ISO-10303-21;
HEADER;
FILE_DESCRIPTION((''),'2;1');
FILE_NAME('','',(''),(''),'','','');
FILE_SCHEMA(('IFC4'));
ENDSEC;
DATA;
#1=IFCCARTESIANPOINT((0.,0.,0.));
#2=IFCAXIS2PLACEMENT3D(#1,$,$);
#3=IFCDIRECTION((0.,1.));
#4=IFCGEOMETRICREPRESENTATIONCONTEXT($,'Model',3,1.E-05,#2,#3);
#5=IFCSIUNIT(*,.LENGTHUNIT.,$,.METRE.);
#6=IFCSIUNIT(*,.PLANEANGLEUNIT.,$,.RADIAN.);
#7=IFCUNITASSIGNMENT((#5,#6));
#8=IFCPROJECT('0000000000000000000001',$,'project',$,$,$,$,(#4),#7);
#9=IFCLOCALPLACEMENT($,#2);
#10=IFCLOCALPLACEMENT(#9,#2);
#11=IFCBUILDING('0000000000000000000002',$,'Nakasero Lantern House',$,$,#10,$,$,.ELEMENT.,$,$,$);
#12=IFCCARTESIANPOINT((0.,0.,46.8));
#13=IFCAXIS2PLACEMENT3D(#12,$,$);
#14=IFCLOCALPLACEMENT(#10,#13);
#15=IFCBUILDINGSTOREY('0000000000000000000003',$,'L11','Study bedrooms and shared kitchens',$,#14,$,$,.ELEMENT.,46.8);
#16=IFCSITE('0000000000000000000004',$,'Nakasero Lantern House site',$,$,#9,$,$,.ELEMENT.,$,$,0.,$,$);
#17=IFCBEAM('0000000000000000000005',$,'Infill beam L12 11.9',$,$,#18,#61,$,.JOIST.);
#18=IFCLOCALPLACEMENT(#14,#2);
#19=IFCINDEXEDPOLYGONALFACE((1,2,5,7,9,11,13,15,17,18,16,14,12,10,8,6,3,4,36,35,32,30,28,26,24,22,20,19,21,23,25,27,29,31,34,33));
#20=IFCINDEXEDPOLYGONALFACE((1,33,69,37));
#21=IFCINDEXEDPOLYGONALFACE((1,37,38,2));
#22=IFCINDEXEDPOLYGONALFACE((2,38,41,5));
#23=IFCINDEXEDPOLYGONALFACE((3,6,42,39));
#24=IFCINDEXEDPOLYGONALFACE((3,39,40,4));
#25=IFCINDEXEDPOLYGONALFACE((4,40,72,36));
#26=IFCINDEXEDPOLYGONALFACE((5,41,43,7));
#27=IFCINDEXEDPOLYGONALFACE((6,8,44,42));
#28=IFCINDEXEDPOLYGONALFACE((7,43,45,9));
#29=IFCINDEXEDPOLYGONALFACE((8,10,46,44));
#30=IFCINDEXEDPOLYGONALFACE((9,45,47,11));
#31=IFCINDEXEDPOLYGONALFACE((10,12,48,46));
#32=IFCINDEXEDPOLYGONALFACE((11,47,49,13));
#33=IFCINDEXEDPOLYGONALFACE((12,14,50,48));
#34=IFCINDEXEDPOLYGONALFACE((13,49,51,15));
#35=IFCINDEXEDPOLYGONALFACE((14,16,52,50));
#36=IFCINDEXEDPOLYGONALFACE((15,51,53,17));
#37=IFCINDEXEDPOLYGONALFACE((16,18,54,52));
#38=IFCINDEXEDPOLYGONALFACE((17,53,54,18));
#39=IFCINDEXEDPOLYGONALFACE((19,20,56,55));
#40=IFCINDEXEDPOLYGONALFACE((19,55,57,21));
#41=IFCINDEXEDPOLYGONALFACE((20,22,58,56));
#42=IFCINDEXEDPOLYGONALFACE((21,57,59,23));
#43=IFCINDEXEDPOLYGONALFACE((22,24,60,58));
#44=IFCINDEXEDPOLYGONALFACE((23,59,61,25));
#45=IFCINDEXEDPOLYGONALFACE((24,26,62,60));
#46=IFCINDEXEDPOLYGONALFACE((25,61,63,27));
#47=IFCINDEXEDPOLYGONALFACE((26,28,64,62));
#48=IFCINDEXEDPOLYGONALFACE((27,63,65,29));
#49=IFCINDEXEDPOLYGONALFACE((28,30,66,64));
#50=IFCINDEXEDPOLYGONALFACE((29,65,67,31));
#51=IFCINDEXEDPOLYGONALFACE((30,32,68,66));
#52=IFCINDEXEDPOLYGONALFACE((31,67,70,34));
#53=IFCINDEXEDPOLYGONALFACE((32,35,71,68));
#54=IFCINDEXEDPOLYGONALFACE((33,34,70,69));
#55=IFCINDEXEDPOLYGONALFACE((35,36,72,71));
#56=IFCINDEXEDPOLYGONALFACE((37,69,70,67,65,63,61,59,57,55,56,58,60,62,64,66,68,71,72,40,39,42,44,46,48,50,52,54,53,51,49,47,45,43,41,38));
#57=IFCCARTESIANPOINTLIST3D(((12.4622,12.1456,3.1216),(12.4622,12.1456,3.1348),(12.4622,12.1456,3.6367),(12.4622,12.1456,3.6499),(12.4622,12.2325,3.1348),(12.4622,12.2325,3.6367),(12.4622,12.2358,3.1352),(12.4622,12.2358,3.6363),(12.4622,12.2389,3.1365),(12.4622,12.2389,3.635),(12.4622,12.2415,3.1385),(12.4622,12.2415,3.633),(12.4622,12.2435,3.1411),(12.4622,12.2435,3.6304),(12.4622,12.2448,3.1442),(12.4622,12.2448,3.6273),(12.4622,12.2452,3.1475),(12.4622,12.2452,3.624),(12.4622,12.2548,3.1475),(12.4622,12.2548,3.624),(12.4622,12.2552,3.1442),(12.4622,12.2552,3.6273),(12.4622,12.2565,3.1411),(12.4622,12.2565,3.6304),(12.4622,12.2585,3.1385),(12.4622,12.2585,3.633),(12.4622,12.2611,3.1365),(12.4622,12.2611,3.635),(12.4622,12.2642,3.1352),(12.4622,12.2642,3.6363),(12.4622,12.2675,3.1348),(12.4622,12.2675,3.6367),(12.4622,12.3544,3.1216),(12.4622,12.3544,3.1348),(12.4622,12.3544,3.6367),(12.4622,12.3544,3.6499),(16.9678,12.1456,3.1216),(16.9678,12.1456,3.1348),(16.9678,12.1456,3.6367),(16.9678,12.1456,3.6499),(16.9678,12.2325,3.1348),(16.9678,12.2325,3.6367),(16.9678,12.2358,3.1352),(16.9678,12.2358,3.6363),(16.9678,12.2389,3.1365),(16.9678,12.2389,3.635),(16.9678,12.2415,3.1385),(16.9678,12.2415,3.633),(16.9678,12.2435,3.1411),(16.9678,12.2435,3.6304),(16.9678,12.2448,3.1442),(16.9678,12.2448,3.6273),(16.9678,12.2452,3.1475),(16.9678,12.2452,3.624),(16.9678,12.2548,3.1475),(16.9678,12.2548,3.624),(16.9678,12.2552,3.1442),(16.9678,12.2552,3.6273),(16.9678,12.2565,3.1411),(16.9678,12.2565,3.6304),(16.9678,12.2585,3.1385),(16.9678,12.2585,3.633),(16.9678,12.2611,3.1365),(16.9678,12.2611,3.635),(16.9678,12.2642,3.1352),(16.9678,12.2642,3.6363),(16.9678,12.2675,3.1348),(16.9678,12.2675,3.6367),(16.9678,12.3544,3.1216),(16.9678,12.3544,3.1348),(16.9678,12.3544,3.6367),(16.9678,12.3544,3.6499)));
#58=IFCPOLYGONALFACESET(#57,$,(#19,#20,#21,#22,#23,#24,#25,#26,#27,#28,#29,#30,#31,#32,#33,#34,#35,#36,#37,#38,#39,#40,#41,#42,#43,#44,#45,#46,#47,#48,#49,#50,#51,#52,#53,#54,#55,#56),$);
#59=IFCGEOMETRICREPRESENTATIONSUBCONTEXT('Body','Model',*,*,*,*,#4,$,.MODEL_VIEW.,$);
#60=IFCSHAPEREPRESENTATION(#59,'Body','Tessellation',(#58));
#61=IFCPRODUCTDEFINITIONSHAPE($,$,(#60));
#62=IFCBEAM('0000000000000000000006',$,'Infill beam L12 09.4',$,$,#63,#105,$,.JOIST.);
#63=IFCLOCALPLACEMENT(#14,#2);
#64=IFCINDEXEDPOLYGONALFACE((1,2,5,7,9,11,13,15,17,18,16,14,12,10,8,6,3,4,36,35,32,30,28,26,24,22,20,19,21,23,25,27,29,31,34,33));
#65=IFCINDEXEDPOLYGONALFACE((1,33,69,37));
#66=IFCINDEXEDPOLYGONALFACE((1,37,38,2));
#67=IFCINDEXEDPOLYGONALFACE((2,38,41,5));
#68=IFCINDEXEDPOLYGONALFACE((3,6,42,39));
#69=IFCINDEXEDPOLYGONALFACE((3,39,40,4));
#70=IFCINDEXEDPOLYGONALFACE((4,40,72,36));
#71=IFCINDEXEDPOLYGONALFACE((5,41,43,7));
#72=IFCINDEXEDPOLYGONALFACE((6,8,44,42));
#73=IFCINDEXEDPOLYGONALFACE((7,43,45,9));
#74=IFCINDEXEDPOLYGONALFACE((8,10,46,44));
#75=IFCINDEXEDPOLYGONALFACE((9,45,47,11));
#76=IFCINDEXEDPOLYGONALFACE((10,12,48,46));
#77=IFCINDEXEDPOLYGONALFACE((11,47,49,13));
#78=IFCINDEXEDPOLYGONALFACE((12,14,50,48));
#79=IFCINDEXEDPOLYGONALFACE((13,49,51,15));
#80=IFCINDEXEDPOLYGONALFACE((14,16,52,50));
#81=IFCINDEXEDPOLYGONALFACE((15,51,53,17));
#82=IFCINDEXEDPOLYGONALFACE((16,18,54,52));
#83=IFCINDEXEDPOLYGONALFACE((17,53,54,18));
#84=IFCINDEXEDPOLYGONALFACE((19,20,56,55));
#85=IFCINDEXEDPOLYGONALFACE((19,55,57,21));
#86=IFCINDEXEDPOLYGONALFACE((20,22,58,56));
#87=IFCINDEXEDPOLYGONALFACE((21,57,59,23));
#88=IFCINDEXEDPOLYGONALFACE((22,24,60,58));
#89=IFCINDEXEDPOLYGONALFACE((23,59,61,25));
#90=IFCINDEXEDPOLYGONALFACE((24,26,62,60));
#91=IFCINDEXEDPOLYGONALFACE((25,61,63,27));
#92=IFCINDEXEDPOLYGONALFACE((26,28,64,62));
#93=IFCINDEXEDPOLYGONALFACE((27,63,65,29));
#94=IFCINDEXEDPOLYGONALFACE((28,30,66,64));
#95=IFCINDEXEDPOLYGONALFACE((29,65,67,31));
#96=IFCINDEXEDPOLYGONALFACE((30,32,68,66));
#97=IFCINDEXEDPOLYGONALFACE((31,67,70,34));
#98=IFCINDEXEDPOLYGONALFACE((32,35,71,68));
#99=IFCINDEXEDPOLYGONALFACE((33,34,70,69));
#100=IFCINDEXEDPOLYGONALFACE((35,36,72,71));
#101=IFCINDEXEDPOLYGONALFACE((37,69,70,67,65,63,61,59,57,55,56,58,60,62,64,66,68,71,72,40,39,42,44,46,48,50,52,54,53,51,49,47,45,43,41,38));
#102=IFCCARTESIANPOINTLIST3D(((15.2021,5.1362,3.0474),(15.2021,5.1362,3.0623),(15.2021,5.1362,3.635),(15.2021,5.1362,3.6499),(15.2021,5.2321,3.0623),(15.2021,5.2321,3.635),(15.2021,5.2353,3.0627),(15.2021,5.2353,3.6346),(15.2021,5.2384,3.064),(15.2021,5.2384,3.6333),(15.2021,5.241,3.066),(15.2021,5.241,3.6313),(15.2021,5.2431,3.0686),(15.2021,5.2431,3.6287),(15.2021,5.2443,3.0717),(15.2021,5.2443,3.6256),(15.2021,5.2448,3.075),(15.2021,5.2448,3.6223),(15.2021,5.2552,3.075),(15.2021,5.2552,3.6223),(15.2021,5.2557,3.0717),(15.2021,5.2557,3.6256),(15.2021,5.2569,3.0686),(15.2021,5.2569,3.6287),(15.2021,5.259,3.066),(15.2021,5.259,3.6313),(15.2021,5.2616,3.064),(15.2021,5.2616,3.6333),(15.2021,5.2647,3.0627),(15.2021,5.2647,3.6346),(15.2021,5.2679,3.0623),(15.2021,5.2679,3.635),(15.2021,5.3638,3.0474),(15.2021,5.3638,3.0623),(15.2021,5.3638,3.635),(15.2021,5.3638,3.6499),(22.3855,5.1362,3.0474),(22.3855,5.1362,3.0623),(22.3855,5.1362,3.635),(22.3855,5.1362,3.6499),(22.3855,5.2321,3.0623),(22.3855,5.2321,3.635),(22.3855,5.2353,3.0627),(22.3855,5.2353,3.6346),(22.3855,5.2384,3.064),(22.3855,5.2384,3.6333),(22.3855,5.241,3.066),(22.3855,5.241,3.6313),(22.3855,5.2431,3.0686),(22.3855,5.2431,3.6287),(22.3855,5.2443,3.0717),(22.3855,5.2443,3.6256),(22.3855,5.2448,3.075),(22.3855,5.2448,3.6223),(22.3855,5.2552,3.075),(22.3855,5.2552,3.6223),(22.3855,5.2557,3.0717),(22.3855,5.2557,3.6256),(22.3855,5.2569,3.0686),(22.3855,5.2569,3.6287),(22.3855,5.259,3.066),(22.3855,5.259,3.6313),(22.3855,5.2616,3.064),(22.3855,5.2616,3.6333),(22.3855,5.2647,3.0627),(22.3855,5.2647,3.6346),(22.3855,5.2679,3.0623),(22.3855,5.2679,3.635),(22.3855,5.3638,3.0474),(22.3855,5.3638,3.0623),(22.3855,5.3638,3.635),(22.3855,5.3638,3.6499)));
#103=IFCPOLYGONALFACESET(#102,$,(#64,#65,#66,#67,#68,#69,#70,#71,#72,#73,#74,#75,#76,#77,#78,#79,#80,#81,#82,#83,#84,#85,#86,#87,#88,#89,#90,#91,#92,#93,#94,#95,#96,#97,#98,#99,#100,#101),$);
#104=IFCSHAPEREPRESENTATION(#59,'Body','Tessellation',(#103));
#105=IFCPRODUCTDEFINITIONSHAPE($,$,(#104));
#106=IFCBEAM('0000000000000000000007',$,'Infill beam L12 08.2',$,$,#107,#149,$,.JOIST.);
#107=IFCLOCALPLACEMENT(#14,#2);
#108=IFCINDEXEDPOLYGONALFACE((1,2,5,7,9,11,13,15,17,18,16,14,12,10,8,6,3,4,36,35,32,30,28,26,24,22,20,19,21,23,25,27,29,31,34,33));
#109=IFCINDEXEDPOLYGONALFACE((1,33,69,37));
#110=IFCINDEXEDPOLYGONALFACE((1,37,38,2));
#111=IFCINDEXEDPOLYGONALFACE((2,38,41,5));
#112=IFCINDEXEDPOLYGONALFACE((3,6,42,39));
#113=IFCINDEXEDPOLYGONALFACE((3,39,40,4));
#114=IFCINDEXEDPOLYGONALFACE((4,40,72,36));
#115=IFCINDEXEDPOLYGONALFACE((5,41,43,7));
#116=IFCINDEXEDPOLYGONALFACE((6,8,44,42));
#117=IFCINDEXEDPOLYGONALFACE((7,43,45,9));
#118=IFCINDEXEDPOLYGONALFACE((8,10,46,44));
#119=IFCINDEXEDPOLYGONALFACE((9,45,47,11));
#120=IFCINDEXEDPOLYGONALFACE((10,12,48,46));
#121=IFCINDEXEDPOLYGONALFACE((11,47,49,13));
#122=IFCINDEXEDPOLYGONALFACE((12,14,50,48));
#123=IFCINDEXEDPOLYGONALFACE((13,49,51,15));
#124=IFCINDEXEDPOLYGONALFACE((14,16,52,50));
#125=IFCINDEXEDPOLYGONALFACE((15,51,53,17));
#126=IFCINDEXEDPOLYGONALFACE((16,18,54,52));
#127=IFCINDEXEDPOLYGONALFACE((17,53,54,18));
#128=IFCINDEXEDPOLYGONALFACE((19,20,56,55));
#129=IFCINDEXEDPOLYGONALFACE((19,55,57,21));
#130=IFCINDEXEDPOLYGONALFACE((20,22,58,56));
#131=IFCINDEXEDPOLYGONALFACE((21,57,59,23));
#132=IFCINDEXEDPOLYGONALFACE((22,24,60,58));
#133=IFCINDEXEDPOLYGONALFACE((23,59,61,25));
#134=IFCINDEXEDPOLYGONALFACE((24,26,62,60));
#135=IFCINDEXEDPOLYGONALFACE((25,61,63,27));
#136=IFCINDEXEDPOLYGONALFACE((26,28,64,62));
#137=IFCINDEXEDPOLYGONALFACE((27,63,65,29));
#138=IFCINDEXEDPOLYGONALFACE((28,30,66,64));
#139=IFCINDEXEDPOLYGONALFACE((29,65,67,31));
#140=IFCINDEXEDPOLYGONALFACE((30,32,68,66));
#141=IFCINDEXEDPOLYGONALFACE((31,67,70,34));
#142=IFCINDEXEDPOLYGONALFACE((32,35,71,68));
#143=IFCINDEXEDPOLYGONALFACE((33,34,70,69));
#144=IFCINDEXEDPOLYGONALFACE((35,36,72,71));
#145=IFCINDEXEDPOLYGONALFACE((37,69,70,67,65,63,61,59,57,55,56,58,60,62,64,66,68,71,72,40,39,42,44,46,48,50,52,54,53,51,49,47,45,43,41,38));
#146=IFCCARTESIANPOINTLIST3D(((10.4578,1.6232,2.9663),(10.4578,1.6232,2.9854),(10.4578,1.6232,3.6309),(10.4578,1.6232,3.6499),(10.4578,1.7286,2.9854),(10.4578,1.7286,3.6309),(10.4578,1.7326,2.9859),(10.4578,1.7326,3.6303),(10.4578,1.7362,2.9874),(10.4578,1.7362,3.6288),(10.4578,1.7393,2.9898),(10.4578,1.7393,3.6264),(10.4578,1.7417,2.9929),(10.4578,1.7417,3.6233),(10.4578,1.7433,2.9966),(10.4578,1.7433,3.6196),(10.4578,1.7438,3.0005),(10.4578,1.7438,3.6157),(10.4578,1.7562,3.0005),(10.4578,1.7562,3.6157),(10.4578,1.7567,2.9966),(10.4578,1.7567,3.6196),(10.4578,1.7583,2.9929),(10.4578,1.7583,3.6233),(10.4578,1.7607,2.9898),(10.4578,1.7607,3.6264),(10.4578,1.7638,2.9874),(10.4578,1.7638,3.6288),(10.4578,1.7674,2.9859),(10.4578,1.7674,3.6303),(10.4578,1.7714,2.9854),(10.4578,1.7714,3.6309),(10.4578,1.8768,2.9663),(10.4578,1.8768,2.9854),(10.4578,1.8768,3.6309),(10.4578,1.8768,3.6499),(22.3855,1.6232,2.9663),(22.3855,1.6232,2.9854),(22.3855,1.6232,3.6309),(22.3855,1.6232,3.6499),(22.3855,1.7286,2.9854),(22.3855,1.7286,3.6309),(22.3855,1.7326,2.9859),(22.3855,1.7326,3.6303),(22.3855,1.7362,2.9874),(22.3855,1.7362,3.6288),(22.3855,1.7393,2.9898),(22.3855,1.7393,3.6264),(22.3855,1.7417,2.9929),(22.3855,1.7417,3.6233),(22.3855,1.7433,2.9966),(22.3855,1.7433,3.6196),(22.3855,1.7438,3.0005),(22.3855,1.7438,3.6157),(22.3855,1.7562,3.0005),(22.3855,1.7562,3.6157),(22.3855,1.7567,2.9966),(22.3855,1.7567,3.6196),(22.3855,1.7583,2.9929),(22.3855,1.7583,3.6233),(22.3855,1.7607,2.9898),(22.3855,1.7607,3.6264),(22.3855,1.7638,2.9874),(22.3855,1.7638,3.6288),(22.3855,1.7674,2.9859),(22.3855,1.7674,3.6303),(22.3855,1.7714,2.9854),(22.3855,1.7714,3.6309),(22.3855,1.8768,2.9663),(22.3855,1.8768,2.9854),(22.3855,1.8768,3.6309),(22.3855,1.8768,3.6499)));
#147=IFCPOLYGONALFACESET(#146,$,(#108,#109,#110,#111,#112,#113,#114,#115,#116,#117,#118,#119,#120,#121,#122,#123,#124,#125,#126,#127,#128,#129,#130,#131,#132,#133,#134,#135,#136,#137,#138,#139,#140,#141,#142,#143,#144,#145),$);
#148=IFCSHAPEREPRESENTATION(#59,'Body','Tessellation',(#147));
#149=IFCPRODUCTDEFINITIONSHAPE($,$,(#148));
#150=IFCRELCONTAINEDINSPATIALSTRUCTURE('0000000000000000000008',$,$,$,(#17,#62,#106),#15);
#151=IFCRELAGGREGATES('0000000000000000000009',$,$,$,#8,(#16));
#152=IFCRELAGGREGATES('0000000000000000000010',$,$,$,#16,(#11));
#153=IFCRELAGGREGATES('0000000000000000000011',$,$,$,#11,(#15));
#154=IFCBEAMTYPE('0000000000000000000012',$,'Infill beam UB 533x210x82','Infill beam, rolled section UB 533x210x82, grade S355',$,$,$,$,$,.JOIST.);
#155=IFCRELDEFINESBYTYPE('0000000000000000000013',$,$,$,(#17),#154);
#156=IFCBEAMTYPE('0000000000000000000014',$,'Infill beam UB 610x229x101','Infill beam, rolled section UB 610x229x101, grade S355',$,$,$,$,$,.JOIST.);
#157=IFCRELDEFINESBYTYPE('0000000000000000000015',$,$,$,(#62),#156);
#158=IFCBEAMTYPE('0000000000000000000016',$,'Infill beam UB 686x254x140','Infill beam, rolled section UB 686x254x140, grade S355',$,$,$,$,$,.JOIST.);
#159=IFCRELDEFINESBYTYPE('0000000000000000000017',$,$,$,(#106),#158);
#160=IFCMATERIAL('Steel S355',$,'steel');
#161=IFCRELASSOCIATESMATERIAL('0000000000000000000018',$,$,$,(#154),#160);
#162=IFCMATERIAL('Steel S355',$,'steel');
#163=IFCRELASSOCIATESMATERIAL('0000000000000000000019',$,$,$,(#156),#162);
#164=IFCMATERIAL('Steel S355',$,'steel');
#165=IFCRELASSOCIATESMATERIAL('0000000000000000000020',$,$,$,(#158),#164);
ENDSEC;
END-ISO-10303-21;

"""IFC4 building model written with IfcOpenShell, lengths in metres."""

from ifc_helpers import new_model, si_unit, direction, frame, origin, origin_2d, place, context, subcontext, project, spatial, i_section, extrude, material, material_profile, profile_set, type_object, element, save


model = new_model("IFC4")

# Units and contexts
model_context = context("Model", 3, precision=1e-05, world=origin(), true_north=direction((0.0, 1.0)))
body_context = subcontext(model_context, "Body", "Model", "MODEL_VIEW")
ifc_project = project(units=[si_unit("LENGTHUNIT", "METRE"), si_unit("PLANEANGLEUNIT", "RADIAN")], contexts=[model_context])

# Site, building, storey
site_placement = place(None, origin())
site = spatial("IfcSite", under=ifc_project, at=site_placement, Name="Nakasero Lantern House site", CompositionType="ELEMENT", RefElevation=0.0)
building_placement = place(site_placement, origin())
building = spatial("IfcBuilding", under=site, at=building_placement, Name="Nakasero Lantern House", CompositionType="ELEMENT")
storey_placement = place(building_placement, frame((0.0, 0.0, 46.8)))
storey = spatial("IfcBuildingStorey", under=building, at=storey_placement, Name="L11", Description="Study bedrooms and shared kitchens", CompositionType="ELEMENT", Elevation=46.8)

# Beams
ifc_material_1 = material(Name="Steel S355", Category="steel")
ifc_material_profile_1 = material_profile(ifc_material_1, i_section(OverallWidth=0.2087, OverallDepth=0.5283, WebThickness=0.0095, FlangeThickness=0.0132, FilletRadius=0.0127, at=origin_2d()), Name="UB 533x210x82")
ifc_profile_set_1 = profile_set([ifc_material_profile_1], Name="Steel S355")
beam_type_1 = type_object("IfcBeamType", Name="Infill beam UB 533x210x82", Description="Infill beam, rolled section UB 533x210x82, grade S355", PredefinedType="JOIST", material=ifc_profile_set_1)
beam_1_placement = place(storey_placement, frame((12.4622, 12.25, 3.3857), z_axis=(1.0, 0.0, 0.0), x_axis=(0.0, 1.0, 0.0)))
element("IfcBeam", 1, at=beam_1_placement, inside=storey, type_object=beam_type_1, Name="Infill beam L12 11.9", PredefinedType="JOIST", context=body_context, shape_type="SweptSolid", body=[
    extrude(i_section(OverallWidth=0.2087, OverallDepth=0.5283, WebThickness=0.0095, FlangeThickness=0.0132, FilletRadius=0.0127, at=origin_2d()), origin(), (0.0, 0.0, 1.0), 4.5056),
])
ifc_material_2 = material(Name="Steel S355", Category="steel")
ifc_material_profile_2 = material_profile(ifc_material_2, i_section(OverallWidth=0.2275, OverallDepth=0.6025, WebThickness=0.0105, FlangeThickness=0.0149, FilletRadius=0.0127, at=origin_2d()), Name="UB 610x229x101")
ifc_profile_set_2 = profile_set([ifc_material_profile_2], Name="Steel S355")
beam_type_2 = type_object("IfcBeamType", Name="Infill beam UB 610x229x101", Description="Infill beam, rolled section UB 610x229x101, grade S355", PredefinedType="JOIST", material=ifc_profile_set_2)
beam_2_placement = place(storey_placement, frame((15.2021, 5.25, 3.3486), z_axis=(1.0, 0.0, 0.0), x_axis=(0.0, 1.0, 0.0)))
element("IfcBeam", 2, at=beam_2_placement, inside=storey, type_object=beam_type_2, Name="Infill beam L12 09.4", PredefinedType="JOIST", context=body_context, shape_type="SweptSolid", body=[
    extrude(i_section(OverallWidth=0.2275, OverallDepth=0.6025, WebThickness=0.0105, FlangeThickness=0.0149, FilletRadius=0.0127, at=origin_2d()), origin(), (0.0, 0.0, 1.0), 7.1833),
])
ifc_material_3 = material(Name="Steel S355", Category="steel")
ifc_material_profile_3 = material_profile(ifc_material_3, i_section(OverallWidth=0.2537, OverallDepth=0.6836, WebThickness=0.0125, FlangeThickness=0.019, FilletRadius=0.0151, at=origin_2d()), Name="UB 686x254x140")
ifc_profile_set_3 = profile_set([ifc_material_profile_3], Name="Steel S355")
beam_type_3 = type_object("IfcBeamType", Name="Infill beam UB 686x254x140", Description="Infill beam, rolled section UB 686x254x140, grade S355", PredefinedType="JOIST", material=ifc_profile_set_3)
beam_3_placement = place(storey_placement, frame((10.4578, 1.75, 3.3081), z_axis=(1.0, 0.0, 0.0), x_axis=(0.0, 1.0, 0.0)))
element("IfcBeam", 3, at=beam_3_placement, inside=storey, type_object=beam_type_3, Name="Infill beam L12 08.2", PredefinedType="JOIST", context=body_context, shape_type="SweptSolid", body=[
    extrude(i_section(OverallWidth=0.2537, OverallDepth=0.6836, WebThickness=0.0125, FlangeThickness=0.019, FilletRadius=0.0151, at=origin_2d()), origin(), (0.0, 0.0, 1.0), 11.9277),
])

save(model, "model.ifc")
